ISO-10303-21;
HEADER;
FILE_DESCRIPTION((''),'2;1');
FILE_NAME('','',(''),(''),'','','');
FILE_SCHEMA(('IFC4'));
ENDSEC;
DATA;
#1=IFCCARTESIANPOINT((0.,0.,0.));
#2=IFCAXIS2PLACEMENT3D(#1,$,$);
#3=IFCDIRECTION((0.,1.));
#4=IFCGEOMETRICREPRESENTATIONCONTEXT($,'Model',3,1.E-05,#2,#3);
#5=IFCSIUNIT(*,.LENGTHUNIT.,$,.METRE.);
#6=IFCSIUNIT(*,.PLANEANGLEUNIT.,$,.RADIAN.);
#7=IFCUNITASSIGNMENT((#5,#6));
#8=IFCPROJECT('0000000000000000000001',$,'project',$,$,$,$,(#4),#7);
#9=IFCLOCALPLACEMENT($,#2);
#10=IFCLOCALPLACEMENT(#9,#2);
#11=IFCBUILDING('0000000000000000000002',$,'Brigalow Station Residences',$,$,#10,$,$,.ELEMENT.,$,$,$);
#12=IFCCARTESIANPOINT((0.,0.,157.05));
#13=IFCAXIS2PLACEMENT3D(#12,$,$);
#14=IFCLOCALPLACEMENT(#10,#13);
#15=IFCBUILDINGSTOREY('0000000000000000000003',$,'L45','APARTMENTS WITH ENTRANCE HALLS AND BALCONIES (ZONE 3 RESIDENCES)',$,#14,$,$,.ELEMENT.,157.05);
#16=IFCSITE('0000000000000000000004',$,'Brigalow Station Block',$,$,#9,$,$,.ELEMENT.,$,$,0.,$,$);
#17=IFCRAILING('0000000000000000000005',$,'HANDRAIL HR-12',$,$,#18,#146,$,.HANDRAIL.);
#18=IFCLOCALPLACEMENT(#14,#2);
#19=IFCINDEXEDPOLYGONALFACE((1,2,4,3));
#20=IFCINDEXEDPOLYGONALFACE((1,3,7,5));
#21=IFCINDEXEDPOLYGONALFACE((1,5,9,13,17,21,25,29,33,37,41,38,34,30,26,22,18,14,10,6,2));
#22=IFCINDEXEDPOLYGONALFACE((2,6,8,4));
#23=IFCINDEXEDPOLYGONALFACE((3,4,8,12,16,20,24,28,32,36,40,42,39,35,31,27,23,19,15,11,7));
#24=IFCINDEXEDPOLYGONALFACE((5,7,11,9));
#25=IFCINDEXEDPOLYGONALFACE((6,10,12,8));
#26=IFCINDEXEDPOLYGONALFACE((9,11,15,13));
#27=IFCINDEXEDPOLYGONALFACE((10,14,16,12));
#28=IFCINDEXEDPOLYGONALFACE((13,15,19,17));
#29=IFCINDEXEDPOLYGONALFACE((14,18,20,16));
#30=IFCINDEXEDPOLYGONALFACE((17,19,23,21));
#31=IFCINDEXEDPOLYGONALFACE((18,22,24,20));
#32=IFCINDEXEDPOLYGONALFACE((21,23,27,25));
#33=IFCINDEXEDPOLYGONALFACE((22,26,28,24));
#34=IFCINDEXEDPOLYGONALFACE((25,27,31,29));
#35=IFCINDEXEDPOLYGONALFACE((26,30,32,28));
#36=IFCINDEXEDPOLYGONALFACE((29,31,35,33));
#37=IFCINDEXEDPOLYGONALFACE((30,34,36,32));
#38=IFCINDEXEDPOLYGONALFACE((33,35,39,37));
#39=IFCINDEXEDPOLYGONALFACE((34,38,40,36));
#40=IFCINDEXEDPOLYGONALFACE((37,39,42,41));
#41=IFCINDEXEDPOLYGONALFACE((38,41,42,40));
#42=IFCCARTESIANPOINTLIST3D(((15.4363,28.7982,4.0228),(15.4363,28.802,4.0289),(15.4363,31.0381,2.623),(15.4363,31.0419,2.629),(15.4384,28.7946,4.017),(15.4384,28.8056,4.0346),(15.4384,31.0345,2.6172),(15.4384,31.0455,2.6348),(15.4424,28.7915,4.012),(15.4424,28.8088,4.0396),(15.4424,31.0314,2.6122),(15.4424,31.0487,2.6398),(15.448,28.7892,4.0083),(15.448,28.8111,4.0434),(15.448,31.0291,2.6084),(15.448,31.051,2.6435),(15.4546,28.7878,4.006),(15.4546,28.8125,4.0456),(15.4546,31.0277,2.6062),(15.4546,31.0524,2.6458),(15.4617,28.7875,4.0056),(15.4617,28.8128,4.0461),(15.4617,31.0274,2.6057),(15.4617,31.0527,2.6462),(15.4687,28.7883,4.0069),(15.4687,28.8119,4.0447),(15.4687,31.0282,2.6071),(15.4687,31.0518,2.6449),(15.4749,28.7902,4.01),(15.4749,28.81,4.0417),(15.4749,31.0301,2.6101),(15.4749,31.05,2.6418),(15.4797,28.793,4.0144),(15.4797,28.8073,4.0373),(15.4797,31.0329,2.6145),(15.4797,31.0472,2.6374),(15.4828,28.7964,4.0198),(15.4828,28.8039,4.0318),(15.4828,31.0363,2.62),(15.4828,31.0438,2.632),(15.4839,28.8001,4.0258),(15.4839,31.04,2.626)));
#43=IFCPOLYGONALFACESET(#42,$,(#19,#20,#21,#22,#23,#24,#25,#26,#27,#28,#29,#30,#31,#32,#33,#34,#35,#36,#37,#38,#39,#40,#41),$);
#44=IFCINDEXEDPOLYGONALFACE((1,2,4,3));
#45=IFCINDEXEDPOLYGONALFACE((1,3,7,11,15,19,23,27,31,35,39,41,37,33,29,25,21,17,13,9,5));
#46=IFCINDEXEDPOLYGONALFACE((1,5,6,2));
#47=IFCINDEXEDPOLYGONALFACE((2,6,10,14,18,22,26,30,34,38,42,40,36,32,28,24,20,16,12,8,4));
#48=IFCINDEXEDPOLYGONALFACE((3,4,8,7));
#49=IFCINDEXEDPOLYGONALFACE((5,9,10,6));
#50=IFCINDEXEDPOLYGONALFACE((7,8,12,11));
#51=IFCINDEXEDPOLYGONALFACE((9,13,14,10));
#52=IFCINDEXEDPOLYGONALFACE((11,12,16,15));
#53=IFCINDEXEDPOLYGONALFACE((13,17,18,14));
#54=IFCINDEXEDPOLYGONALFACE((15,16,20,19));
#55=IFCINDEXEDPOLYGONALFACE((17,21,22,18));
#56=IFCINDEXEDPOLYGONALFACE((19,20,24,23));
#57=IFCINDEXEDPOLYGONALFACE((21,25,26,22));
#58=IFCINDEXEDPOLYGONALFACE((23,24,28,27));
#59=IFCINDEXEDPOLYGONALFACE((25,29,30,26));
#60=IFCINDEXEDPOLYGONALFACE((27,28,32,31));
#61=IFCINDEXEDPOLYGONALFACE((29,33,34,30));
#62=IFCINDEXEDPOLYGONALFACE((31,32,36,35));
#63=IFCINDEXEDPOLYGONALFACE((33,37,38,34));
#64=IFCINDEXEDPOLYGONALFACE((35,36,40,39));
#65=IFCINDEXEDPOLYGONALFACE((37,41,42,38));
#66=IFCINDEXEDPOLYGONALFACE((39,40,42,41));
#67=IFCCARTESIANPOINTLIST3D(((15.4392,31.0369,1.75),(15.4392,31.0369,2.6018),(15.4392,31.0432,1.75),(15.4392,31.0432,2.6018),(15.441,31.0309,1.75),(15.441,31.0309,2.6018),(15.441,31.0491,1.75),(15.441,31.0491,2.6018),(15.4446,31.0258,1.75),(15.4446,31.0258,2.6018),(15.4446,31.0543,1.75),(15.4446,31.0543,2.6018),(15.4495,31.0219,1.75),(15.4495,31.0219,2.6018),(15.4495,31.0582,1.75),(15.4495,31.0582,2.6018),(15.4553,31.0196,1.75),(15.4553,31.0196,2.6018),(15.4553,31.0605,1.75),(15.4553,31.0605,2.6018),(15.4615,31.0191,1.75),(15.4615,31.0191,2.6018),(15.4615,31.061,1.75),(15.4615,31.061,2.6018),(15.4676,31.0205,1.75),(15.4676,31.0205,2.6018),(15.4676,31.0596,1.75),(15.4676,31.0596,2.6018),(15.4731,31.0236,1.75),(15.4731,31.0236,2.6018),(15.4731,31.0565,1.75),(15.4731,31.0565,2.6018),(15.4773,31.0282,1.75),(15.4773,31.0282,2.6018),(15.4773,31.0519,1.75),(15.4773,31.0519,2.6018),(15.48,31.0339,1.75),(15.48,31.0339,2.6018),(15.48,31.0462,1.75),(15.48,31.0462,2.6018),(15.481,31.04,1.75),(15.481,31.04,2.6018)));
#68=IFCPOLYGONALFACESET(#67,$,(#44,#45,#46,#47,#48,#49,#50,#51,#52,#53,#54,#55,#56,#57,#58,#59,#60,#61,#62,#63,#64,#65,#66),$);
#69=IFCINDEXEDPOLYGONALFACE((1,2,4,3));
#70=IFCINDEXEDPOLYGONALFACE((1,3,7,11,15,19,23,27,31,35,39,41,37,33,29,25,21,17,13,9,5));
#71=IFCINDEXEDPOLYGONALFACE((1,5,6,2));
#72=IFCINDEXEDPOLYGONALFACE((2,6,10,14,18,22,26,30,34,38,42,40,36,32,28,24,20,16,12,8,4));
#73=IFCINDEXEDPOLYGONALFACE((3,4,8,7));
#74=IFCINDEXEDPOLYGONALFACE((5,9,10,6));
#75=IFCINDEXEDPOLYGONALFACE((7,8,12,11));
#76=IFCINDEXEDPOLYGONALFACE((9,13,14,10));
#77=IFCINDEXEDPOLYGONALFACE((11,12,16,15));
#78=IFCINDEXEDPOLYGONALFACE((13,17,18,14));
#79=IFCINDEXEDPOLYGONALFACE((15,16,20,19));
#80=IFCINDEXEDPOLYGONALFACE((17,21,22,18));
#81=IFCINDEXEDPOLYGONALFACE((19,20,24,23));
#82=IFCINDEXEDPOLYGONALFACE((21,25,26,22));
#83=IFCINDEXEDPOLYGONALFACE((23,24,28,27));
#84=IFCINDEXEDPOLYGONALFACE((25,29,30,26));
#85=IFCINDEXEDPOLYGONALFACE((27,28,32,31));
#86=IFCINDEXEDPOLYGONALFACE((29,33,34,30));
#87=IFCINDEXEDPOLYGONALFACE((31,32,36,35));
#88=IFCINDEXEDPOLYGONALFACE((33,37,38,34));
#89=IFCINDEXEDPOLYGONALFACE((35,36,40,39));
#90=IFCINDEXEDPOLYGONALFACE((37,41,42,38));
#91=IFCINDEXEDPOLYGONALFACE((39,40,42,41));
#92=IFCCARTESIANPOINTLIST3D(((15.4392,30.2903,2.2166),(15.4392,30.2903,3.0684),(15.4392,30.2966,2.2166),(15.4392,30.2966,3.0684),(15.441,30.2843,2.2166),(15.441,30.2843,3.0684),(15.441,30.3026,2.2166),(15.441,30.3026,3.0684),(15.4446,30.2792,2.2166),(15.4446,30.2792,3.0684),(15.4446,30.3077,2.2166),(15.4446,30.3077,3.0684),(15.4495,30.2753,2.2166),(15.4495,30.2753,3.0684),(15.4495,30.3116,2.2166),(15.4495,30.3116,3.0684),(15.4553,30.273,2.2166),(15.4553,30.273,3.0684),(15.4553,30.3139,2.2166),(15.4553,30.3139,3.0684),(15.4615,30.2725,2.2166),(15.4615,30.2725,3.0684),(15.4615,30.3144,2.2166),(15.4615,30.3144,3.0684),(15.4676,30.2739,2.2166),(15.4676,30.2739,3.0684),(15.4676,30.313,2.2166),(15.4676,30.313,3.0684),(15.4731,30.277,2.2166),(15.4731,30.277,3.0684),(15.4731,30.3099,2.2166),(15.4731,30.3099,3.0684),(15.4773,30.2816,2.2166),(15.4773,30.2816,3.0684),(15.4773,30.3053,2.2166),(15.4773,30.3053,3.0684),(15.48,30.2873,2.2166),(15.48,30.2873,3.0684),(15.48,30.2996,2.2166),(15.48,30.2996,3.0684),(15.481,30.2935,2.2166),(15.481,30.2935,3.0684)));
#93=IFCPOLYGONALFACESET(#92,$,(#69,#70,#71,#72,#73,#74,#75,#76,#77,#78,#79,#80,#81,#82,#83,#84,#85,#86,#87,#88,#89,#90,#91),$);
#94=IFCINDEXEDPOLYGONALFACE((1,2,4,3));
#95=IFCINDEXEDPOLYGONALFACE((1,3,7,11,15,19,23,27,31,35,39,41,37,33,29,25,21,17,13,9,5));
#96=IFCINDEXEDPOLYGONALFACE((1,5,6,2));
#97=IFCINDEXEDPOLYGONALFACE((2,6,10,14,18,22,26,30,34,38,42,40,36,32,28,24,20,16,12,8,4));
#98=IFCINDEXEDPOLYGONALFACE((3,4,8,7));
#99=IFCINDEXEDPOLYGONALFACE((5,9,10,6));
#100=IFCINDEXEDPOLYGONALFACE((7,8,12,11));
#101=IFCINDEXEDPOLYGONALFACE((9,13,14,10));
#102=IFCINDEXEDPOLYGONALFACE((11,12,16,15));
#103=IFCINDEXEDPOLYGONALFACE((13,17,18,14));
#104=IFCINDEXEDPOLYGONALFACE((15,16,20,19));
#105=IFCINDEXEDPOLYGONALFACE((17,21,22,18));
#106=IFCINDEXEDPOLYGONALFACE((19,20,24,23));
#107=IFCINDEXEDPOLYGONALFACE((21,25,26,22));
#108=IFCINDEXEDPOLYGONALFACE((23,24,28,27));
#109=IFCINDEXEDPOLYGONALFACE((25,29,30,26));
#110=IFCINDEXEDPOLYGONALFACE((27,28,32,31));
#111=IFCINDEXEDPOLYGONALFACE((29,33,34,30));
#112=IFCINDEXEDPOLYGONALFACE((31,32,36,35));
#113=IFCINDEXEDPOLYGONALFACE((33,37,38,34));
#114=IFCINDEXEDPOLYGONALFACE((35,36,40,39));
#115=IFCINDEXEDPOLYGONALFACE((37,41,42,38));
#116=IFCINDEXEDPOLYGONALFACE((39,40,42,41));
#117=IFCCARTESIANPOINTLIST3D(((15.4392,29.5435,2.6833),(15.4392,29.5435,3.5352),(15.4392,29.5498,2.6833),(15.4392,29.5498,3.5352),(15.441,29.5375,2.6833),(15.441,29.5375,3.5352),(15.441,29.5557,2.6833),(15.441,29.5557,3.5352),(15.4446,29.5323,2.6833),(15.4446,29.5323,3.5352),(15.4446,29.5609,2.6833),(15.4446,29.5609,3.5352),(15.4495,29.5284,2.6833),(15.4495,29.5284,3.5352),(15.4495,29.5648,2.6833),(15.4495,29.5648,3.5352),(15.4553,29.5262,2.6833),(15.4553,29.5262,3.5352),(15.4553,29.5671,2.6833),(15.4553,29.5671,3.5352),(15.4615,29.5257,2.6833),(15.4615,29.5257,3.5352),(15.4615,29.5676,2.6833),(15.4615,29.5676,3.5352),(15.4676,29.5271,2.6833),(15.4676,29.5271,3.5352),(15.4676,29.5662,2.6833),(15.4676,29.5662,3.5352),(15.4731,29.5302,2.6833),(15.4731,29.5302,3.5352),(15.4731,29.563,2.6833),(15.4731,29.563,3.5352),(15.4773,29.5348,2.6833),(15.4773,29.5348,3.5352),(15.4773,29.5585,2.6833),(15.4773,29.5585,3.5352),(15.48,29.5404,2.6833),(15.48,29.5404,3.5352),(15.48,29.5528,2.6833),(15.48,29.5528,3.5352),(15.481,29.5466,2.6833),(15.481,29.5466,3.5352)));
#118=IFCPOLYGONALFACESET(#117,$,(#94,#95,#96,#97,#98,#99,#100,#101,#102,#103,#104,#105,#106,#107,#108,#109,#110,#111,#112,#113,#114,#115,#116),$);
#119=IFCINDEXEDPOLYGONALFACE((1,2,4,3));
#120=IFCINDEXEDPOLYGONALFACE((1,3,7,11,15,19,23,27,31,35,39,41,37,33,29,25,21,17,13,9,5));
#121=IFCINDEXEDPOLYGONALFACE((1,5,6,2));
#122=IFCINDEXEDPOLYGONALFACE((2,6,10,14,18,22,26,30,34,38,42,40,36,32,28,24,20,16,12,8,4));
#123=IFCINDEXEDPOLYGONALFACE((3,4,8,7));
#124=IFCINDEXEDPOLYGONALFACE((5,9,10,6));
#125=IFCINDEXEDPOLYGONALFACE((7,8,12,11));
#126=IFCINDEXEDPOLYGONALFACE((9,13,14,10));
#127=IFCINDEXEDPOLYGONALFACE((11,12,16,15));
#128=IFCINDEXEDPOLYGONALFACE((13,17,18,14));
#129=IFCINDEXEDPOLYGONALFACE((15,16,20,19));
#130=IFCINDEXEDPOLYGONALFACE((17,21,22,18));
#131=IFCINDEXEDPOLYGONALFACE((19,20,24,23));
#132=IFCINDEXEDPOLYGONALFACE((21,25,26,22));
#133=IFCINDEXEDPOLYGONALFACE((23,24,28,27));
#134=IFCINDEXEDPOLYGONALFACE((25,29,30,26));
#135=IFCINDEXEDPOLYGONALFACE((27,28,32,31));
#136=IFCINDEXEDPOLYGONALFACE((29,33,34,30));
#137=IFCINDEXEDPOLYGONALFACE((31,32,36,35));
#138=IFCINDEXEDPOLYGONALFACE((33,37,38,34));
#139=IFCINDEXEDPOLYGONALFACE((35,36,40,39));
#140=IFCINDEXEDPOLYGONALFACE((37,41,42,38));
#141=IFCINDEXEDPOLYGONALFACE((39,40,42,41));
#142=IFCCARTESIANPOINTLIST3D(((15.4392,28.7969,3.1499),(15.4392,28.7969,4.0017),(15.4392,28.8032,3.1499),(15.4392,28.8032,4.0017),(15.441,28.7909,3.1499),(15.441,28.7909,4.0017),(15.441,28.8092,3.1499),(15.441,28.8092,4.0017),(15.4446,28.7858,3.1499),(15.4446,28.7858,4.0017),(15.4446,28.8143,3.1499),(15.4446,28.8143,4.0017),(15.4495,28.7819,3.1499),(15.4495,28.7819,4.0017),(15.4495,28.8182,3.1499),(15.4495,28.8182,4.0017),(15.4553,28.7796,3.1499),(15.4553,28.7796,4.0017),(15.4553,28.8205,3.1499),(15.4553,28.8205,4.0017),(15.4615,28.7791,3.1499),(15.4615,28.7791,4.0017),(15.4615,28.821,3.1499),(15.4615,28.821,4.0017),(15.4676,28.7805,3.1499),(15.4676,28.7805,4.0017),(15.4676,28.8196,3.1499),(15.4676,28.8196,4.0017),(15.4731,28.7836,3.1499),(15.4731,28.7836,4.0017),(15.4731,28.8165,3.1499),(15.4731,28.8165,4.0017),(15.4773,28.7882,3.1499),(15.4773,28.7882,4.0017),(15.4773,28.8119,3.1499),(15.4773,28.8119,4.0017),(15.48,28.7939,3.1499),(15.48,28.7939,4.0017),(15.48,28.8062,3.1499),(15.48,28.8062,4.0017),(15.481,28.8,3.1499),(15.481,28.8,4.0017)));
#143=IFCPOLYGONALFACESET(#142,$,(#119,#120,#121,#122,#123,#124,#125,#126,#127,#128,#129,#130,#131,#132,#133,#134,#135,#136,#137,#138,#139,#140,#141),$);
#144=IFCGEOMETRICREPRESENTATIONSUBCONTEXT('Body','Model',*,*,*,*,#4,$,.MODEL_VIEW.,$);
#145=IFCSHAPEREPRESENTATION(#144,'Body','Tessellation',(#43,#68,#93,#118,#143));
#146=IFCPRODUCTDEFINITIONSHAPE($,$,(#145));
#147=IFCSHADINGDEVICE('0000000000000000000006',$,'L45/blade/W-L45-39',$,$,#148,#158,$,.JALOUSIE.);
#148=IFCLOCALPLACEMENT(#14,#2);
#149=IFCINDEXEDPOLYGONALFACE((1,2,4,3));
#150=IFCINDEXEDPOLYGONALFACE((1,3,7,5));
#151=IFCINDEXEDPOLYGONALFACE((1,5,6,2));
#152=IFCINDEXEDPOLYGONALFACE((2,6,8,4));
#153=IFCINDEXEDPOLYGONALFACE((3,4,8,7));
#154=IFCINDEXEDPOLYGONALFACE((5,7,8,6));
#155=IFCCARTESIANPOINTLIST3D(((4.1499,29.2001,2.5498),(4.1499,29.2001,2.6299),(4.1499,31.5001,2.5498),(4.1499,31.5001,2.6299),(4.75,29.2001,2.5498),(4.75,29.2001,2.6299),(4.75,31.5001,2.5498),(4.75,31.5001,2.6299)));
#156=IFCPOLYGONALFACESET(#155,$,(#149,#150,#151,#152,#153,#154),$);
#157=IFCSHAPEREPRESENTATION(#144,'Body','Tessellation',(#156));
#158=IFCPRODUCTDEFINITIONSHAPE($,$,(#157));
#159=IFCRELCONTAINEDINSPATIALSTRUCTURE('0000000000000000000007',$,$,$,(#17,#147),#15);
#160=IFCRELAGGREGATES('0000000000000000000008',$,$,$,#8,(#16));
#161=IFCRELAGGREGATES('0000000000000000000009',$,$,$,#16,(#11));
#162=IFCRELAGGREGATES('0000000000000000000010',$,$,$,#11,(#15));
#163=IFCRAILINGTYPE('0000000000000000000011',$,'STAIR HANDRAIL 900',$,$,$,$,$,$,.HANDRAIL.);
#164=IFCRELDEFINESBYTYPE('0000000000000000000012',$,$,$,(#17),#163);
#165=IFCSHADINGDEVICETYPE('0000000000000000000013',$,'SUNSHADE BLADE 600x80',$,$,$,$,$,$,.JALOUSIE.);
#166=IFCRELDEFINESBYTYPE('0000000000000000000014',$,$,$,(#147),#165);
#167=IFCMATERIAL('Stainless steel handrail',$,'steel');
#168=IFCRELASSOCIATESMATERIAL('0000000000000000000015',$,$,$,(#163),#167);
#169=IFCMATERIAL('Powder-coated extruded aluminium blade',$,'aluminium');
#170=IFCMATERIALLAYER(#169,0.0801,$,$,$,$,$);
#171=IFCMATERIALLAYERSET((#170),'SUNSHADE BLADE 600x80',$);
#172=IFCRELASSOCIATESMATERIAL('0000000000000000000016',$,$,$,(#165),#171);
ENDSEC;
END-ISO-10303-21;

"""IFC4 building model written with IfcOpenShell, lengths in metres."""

from ifc_helpers import new_model, si_unit, direction, frame, origin, origin_2d, place, context, subcontext, project, spatial, rectangle, circle, extrude, material, layer, layer_set, type_object, element, save


model = new_model("IFC4")

# Units and contexts
model_context = context("Model", 3, precision=1e-05, world=origin(), true_north=direction((0.0, 1.0)))
body_context = subcontext(model_context, "Body", "Model", "MODEL_VIEW")
ifc_project = project(units=[si_unit("LENGTHUNIT", "METRE"), si_unit("PLANEANGLEUNIT", "RADIAN")], contexts=[model_context])

# Site, building, storey
site_placement = place(None, origin())
site = spatial("IfcSite", under=ifc_project, at=site_placement, Name="Brigalow Station Block", CompositionType="ELEMENT", RefElevation=0.0)
building_placement = place(site_placement, origin())
building = spatial("IfcBuilding", under=site, at=building_placement, Name="Brigalow Station Residences", CompositionType="ELEMENT")
storey_placement = place(building_placement, frame((0.0, 0.0, 157.05)))
storey = spatial("IfcBuildingStorey", under=building, at=storey_placement, Name="L45", Description="APARTMENTS WITH ENTRANCE HALLS AND BALCONIES (ZONE 3 RESIDENCES)", CompositionType="ELEMENT", Elevation=157.05)

# Railing
ifc_material_1 = material(Name="Stainless steel handrail", Category="steel")
railing_type_1 = type_object("IfcRailingType", Name="STAIR HANDRAIL 900", PredefinedType="HANDRAIL", material=ifc_material_1)
railing_1_placement = place(storey_placement, frame((15.46, 31.04, 1.75)))
element("IfcRailing", 1, at=railing_1_placement, inside=storey, type_object=railing_type_1, Name="HANDRAIL HR-12", PredefinedType="HANDRAIL", context=body_context, shape_type="SweptSolid", body=[
    extrude(circle(Radius=0.0239, at=origin_2d()), frame((0.0, 0.0, 0.876), z_axis=(0.0, -0.848014, 0.529974), x_axis=(1.0, 0.0, 0.0)), (0.0, 0.0, 1.0), 2.6414),
    extrude(circle(Radius=0.021, at=origin_2d()), origin(), (0.0, 0.0, 1.0), 0.8518),
    extrude(circle(Radius=0.021, at=origin_2d()), frame((0.0, -0.7466, 0.4666)), (0.0, 0.0, 1.0), 0.8518),
    extrude(circle(Radius=0.021, at=origin_2d()), frame((0.0, -1.4934, 0.9333)), (0.0, 0.0, 1.0), 0.8518),
    extrude(circle(Radius=0.021, at=origin_2d()), frame((0.0, -2.24, 1.3999)), (0.0, 0.0, 1.0), 0.8518),
])

# Shading device
ifc_material_2 = material(Name="Powder-coated extruded aluminium blade", Category="aluminium")
ifc_layer_1 = layer(ifc_material_2, 0.0801)
ifc_layer_set_1 = layer_set([ifc_layer_1], Name="SUNSHADE BLADE 600x80")
shading_device_type = type_object("IfcShadingDeviceType", Name="SUNSHADE BLADE 600x80", PredefinedType="JALOUSIE", material=ifc_layer_set_1)
shading_device_placement = place(storey_placement, frame((4.45, 30.3501, 2.5498), z_axis=(0.0, 0.0, 1.0), x_axis=(0.0, -1.0, 0.0)))
element("IfcShadingDevice", 2, at=shading_device_placement, inside=storey, type_object=shading_device_type, Name="L45/blade/W-L45-39", PredefinedType="JALOUSIE", context=body_context, shape_type="SweptSolid", body=[
    extrude(rectangle(XDim=2.3, YDim=0.6001, at=origin_2d()), origin(), (0.0, 0.0, 1.0), 0.0801),
])

save(model, "model.ifc")
